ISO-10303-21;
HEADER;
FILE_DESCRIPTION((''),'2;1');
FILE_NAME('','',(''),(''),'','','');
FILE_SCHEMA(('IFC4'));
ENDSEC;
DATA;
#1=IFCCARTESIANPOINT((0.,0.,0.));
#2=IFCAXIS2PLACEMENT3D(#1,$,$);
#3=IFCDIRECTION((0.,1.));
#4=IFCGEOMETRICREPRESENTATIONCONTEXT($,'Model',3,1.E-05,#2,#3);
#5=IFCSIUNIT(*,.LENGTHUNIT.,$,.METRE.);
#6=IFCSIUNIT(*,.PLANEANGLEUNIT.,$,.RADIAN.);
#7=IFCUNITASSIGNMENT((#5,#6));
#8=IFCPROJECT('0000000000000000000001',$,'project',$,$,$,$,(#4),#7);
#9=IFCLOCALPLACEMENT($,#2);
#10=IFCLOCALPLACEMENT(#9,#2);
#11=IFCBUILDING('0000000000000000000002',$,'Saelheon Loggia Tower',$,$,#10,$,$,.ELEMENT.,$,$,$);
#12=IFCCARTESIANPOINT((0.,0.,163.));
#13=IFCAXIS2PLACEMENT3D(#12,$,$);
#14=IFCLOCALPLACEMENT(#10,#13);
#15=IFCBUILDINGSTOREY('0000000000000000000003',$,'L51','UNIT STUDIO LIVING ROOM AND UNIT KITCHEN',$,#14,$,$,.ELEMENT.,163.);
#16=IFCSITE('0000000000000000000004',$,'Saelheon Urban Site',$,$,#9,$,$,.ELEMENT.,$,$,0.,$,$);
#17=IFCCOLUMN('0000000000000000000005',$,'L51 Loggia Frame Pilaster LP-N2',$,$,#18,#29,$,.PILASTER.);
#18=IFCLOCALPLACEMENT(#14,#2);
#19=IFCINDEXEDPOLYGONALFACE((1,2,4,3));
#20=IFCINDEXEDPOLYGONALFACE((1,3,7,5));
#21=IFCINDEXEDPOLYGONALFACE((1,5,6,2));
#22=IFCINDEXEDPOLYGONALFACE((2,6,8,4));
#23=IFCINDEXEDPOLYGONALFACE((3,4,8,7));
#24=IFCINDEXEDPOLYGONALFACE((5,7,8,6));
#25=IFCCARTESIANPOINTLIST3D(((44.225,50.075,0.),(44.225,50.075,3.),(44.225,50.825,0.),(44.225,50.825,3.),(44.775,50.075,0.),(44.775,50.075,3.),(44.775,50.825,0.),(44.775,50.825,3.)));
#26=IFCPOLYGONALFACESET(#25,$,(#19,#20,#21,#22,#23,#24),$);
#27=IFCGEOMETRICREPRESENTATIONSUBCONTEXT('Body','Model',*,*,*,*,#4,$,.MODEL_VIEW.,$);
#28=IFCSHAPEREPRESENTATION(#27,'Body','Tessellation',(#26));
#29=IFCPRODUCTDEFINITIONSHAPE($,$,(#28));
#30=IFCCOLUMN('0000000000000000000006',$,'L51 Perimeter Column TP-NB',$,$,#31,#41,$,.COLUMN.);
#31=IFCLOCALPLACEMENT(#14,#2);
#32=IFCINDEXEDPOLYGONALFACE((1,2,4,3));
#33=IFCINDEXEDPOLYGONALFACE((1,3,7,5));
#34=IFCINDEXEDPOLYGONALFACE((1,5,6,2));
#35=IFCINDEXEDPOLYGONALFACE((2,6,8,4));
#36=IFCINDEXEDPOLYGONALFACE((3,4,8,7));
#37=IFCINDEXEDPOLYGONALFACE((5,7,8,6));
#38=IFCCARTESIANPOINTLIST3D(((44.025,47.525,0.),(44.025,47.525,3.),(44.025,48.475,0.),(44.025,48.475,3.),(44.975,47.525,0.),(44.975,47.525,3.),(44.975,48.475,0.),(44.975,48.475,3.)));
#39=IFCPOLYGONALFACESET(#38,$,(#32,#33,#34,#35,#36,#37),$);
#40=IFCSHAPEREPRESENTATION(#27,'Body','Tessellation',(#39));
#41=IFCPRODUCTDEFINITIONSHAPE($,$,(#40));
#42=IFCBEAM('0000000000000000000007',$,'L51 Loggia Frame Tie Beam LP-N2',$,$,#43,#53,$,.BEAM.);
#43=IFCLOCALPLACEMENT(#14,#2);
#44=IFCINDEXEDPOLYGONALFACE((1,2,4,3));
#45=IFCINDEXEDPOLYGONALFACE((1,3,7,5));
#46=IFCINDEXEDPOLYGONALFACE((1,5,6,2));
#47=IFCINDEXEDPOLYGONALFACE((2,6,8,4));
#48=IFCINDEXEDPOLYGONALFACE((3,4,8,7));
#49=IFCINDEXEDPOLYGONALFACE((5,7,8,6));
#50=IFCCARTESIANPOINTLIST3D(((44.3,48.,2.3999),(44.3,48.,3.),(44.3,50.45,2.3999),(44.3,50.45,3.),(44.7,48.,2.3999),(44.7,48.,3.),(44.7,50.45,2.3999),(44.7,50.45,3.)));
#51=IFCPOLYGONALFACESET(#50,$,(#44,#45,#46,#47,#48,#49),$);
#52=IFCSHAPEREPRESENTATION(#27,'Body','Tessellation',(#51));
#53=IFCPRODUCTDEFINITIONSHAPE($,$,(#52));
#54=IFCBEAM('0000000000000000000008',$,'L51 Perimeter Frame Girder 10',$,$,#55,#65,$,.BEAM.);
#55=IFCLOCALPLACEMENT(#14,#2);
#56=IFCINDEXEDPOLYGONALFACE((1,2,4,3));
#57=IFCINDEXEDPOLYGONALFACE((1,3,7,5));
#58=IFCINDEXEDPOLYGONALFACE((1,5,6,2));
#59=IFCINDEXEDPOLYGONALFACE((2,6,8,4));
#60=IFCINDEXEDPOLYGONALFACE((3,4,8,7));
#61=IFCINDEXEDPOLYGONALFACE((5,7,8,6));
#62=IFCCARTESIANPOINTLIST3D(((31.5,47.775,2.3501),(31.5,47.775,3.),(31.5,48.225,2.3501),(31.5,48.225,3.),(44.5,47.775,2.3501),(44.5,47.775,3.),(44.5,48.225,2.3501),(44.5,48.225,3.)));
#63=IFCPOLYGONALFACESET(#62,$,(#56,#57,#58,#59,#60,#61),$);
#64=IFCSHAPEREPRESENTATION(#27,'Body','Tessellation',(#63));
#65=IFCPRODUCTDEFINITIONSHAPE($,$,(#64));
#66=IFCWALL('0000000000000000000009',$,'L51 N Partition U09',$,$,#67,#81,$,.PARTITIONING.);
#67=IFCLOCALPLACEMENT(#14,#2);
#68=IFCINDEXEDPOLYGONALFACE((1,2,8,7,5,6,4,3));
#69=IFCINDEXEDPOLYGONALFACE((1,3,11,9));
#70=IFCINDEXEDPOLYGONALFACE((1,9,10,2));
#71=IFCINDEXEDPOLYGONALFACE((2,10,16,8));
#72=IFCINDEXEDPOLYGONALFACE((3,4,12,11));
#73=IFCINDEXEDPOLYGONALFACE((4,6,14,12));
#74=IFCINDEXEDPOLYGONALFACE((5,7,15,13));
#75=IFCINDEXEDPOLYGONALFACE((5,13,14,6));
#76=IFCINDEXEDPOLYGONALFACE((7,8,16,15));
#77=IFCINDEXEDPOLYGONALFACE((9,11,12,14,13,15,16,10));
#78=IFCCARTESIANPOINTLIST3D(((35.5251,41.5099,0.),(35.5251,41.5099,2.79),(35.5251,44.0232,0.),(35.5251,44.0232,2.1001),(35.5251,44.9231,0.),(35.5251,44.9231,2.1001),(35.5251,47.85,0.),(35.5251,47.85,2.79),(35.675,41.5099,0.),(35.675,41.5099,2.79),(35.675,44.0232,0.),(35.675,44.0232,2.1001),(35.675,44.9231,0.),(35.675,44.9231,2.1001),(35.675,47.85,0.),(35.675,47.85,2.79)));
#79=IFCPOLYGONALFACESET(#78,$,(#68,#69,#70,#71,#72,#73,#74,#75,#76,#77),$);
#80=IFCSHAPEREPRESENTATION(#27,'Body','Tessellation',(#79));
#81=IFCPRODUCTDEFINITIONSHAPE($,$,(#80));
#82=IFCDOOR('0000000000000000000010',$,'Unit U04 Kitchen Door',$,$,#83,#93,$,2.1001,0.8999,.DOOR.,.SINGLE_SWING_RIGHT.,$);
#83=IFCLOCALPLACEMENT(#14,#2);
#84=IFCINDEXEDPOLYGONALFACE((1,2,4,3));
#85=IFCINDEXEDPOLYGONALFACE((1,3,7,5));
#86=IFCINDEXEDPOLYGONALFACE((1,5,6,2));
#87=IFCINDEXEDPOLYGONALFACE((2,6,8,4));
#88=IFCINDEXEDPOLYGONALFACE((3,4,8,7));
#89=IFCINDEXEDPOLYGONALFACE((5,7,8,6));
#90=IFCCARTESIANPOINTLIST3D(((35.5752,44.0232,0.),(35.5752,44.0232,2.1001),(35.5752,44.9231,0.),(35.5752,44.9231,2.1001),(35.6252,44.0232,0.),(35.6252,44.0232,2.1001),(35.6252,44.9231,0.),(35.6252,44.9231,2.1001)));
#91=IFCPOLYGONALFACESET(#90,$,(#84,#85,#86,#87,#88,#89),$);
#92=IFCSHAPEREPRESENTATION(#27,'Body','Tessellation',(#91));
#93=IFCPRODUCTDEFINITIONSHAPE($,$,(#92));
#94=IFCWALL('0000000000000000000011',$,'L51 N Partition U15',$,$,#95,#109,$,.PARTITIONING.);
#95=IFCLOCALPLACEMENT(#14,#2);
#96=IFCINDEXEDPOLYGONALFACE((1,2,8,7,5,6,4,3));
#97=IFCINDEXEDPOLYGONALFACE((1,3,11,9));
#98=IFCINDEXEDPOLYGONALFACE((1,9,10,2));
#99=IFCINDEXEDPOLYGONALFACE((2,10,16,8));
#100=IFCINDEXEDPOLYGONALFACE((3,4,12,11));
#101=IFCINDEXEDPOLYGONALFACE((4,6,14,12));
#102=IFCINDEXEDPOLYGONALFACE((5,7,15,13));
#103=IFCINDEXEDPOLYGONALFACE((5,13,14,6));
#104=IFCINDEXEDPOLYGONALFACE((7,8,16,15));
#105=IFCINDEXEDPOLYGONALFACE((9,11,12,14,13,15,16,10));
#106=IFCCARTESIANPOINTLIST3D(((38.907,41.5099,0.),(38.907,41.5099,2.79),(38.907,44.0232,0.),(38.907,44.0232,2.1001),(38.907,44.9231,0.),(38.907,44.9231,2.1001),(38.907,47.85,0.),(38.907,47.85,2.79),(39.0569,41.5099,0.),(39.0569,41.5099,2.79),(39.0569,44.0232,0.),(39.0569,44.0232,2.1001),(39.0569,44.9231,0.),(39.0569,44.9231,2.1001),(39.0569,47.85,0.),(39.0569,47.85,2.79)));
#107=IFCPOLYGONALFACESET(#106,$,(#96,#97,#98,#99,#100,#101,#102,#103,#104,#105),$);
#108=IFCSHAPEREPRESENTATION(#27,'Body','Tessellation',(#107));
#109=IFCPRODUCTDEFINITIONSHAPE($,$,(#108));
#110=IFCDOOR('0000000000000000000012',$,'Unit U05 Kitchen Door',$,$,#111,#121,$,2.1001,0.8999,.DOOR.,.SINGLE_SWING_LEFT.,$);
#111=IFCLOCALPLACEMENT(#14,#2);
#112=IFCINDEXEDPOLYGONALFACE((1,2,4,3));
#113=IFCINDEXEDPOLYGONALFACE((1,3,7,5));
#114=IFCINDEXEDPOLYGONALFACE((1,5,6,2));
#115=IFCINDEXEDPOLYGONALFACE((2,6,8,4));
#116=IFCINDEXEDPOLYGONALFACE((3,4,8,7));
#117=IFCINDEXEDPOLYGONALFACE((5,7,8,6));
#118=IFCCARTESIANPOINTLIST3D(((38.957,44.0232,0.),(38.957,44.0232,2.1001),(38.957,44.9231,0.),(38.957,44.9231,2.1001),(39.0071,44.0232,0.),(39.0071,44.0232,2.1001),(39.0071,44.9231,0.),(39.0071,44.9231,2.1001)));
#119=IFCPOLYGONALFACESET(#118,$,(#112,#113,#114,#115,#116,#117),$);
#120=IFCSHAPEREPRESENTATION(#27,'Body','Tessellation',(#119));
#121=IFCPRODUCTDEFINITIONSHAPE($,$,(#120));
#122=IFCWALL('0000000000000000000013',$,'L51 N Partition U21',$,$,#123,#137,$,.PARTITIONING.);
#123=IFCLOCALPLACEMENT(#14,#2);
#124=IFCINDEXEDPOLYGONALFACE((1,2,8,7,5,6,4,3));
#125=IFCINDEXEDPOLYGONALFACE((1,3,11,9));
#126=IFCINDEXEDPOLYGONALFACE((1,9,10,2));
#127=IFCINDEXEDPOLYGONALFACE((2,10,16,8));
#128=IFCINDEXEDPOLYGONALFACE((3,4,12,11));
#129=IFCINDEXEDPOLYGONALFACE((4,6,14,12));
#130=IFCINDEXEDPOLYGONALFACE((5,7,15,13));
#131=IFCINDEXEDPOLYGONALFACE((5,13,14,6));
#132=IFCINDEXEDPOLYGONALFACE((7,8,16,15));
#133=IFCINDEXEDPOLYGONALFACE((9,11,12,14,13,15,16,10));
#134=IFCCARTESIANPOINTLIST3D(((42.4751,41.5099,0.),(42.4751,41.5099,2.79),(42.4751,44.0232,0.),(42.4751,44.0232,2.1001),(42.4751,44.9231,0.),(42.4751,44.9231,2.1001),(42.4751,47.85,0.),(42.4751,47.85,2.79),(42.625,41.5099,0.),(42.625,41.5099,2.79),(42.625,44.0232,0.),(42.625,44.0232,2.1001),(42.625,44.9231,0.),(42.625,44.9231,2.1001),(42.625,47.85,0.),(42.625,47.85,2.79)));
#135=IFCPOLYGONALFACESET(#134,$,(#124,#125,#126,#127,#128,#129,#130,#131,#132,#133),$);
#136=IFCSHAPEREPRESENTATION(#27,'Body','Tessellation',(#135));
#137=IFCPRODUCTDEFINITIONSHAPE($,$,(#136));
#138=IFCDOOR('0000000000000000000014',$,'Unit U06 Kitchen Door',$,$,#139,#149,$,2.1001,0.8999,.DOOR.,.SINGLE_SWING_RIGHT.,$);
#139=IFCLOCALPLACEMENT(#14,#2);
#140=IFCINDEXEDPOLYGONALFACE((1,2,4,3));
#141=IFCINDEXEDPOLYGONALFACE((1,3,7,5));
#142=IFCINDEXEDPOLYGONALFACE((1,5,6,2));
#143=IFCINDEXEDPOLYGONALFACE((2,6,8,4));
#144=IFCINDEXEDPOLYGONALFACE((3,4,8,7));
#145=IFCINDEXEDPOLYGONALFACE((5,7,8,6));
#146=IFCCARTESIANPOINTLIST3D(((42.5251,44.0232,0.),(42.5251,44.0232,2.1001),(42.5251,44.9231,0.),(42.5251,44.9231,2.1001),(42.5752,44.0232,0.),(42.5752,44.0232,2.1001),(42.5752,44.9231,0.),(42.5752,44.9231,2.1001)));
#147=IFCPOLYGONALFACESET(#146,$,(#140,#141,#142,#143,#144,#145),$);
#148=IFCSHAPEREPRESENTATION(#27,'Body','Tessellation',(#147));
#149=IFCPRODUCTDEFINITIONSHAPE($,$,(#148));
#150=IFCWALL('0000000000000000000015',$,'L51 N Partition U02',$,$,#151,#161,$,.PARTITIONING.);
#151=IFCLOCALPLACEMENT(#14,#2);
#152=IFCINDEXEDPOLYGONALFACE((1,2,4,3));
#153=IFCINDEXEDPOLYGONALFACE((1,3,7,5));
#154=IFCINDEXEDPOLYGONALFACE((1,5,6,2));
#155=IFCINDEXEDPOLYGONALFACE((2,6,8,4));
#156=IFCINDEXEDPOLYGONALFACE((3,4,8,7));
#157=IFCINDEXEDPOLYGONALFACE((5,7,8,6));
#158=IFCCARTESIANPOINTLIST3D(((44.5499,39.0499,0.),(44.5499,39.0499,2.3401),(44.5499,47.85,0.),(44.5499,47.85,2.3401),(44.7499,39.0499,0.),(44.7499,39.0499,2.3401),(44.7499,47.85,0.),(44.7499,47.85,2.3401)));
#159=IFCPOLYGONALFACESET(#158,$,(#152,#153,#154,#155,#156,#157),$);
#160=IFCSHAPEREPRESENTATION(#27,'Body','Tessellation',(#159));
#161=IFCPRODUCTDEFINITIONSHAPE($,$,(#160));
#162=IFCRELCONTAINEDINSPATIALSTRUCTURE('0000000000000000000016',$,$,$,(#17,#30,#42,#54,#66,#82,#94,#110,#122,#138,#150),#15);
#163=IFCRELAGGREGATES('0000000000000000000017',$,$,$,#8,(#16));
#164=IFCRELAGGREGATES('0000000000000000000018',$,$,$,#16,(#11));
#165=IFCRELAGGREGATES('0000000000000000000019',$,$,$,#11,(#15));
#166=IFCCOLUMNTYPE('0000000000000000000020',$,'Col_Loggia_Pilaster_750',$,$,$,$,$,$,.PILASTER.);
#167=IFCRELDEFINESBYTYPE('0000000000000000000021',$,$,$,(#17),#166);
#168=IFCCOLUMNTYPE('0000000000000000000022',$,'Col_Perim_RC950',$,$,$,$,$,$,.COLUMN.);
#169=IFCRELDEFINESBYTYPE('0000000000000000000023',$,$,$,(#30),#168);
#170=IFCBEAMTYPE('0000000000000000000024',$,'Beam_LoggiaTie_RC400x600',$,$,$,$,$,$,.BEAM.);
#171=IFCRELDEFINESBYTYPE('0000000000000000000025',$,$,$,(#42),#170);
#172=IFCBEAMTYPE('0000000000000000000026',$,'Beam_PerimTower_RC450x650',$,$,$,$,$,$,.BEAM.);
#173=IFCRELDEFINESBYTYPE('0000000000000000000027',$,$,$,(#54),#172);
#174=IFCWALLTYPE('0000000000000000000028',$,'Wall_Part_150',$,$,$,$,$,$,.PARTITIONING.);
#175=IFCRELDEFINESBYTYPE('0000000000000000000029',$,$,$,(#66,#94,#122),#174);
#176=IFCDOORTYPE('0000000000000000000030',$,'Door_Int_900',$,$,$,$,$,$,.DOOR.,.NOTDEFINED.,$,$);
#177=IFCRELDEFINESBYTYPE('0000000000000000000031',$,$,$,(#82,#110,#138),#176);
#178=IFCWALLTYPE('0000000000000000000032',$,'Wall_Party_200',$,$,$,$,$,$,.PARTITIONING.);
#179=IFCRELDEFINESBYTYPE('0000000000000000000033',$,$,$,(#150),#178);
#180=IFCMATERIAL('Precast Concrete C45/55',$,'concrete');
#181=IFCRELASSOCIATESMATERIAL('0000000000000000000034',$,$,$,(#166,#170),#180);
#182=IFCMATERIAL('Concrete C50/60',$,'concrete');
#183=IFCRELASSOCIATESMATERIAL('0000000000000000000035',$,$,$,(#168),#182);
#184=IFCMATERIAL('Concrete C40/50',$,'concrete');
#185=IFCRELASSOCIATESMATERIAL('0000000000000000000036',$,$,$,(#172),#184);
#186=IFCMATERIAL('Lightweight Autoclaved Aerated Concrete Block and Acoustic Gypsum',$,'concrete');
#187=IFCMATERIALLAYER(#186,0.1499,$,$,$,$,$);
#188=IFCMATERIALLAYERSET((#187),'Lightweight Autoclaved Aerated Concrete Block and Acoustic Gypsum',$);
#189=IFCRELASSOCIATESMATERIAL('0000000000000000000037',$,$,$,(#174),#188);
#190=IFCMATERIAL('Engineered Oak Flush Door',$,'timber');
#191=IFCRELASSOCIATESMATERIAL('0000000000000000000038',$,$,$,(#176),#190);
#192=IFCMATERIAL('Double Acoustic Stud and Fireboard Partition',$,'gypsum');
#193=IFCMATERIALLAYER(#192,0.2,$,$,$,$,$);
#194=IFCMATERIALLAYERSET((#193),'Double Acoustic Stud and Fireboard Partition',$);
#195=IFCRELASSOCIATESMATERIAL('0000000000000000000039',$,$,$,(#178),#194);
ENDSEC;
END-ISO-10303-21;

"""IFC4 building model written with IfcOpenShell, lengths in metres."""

from ifc_helpers import new_model, si_unit, direction, frame, frame_2d, origin, origin_2d, place, context, subcontext, project, spatial, rectangle, extrude, source, transform, mapped, material, layer, layer_set, material_profile, profile_set, type_object, element, fill, save


model = new_model("IFC4")

# Units and contexts
model_context = context("Model", 3, precision=1e-05, world=origin(), true_north=direction((0.0, 1.0)))
body_context = subcontext(model_context, "Body", "Model", "MODEL_VIEW")
ifc_project = project(units=[si_unit("LENGTHUNIT", "METRE"), si_unit("PLANEANGLEUNIT", "RADIAN")], contexts=[model_context])

# Site, building, storey
site_placement = place(None, origin())
site = spatial("IfcSite", under=ifc_project, at=site_placement, Name="Saelheon Urban Site", CompositionType="ELEMENT", RefElevation=0.0)
building_placement = place(site_placement, origin())
building = spatial("IfcBuilding", under=site, at=building_placement, Name="Saelheon Loggia Tower", CompositionType="ELEMENT")
storey_placement = place(building_placement, frame((0.0, 0.0, 163.0)))
storey = spatial("IfcBuildingStorey", under=building, at=storey_placement, Name="L51", Description="UNIT STUDIO LIVING ROOM AND UNIT KITCHEN", CompositionType="ELEMENT", Elevation=163.0)

# Columns
ifc_material_1 = material(Name="Precast Concrete C45/55", Category="concrete")
ifc_material_profile_1 = material_profile(ifc_material_1, rectangle(XDim=0.55, YDim=0.75, at=origin_2d()), Name="RC-550x750")
ifc_profile_set_1 = profile_set([ifc_material_profile_1], Name="Precast Concrete C45/55")
column_type_1 = type_object("IfcColumnType", Name="Col_Loggia_Pilaster_750", PredefinedType="PILASTER", material=ifc_profile_set_1)
shared_shape_1 = source(origin(), body_context, "Body", "SweptSolid", [
    extrude(rectangle(XDim=0.55, YDim=0.75, at=origin_2d()), origin(), (0.0, 0.0, 1.0), 3.0),
])
column_1_placement = place(storey_placement, frame((44.5, 50.45, 0.0), z_axis=(0.0, 0.0, 1.0), x_axis=(1.0, 0.0, 0.0)))
element("IfcColumn", 1, at=column_1_placement, inside=storey, type_object=column_type_1, Name="L51 Loggia Frame Pilaster LP-N2", PredefinedType="PILASTER", context=body_context, shape_type="MappedRepresentation", body=[
    mapped(shared_shape_1, transform((0.0, 0.0, 0.0), scale=1.0)),
])
ifc_material_2 = material(Name="Concrete C50/60", Category="concrete")
ifc_material_profile_2 = material_profile(ifc_material_2, rectangle(XDim=0.95, YDim=0.95, at=origin_2d()), Name="RC-950x950")
ifc_profile_set_2 = profile_set([ifc_material_profile_2], Name="Concrete C50/60")
column_type_2 = type_object("IfcColumnType", Name="Col_Perim_RC950", PredefinedType="COLUMN", material=ifc_profile_set_2)
shared_shape_2 = source(origin(), body_context, "Body", "SweptSolid", [
    extrude(rectangle(XDim=0.95, YDim=0.95, at=origin_2d()), origin(), (0.0, 0.0, 1.0), 3.0),
])
column_2_placement = place(storey_placement, frame((44.5, 48.0, 0.0), z_axis=(0.0, 0.0, 1.0), x_axis=(1.0, 0.0, 0.0)))
element("IfcColumn", 2, at=column_2_placement, inside=storey, type_object=column_type_2, Name="L51 Perimeter Column TP-NB", PredefinedType="COLUMN", context=body_context, shape_type="MappedRepresentation", body=[
    mapped(shared_shape_2, transform((0.0, 0.0, 0.0), scale=1.0)),
])

# Beams
ifc_material_profile_3 = material_profile(ifc_material_1, rectangle(XDim=0.3999, YDim=0.6001, at=origin_2d()), Name="RC-400x600")
ifc_profile_set_3 = profile_set([ifc_material_profile_3], Name="Precast Concrete C45/55")
beam_type_1 = type_object("IfcBeamType", Name="Beam_LoggiaTie_RC400x600", PredefinedType="BEAM", material=ifc_profile_set_3)
shared_shape_3 = source(origin(), body_context, "Body", "SweptSolid", [
    extrude(rectangle(XDim=0.3999, YDim=0.6001, at=origin_2d()), origin(), (0.0, 0.0, 1.0), 2.45),
])
beam_1_placement = place(storey_placement, frame((44.5, 48.0, 2.7), z_axis=(0.0, 1.0, 0.0), x_axis=(-1.0, 0.0, 0.0)))
element("IfcBeam", 3, at=beam_1_placement, inside=storey, type_object=beam_type_1, Name="L51 Loggia Frame Tie Beam LP-N2", PredefinedType="BEAM", context=body_context, shape_type="MappedRepresentation", body=[
    mapped(shared_shape_3, transform((0.0, 0.0, 0.0), scale=1.0)),
])
ifc_material_3 = material(Name="Concrete C40/50", Category="concrete")
ifc_material_profile_4 = material_profile(ifc_material_3, rectangle(XDim=0.45, YDim=0.6499, at=origin_2d()), Name="RC-450x650")
ifc_profile_set_4 = profile_set([ifc_material_profile_4], Name="Concrete C40/50")
beam_type_2 = type_object("IfcBeamType", Name="Beam_PerimTower_RC450x650", PredefinedType="BEAM", material=ifc_profile_set_4)
shared_shape_4 = source(origin(), body_context, "Body", "SweptSolid", [
    extrude(rectangle(XDim=0.45, YDim=0.6499, at=origin_2d()), origin(), (0.0, 0.0, 1.0), 13.0),
])
beam_2_placement = place(storey_placement, frame((44.5, 48.0, 2.675), z_axis=(-1.0, 0.0, 0.0), x_axis=(0.0, -1.0, 0.0)))
element("IfcBeam", 4, at=beam_2_placement, inside=storey, type_object=beam_type_2, Name="L51 Perimeter Frame Girder 10", PredefinedType="BEAM", context=body_context, shape_type="MappedRepresentation", body=[
    mapped(shared_shape_4, transform((0.0, 0.0, 0.0), scale=1.0)),
])

# Walls, openings, doors
ifc_material_4 = material(Name="Lightweight Autoclaved Aerated Concrete Block and Acoustic Gypsum", Category="concrete")
ifc_layer_1 = layer(ifc_material_4, 0.1499)
ifc_layer_set_1 = layer_set([ifc_layer_1], Name="Lightweight Autoclaved Aerated Concrete Block and Acoustic Gypsum")
wall_type_1 = type_object("IfcWallType", Name="Wall_Part_150", PredefinedType="PARTITIONING", material=ifc_layer_set_1)
wall_1_placement = place(storey_placement, frame((35.6001, 41.51, 0.0), z_axis=(0.0, 0.0, 1.0), x_axis=(0.0, 1.0, 0.0)))
wall_1 = element("IfcWall", 5, at=wall_1_placement, inside=storey, type_object=wall_type_1, Name="L51 N Partition U09", PredefinedType="PARTITIONING", context=body_context, shape_type="SweptSolid", body=[
    extrude(rectangle(XDim=6.3401, YDim=0.1499, at=frame_2d((3.1699, 0.0))), origin(), (0.0, 0.0, 1.0), 2.79),
])
opening_1_placement = place(wall_1_placement, frame((2.5132, 0.0, 0.0)))
opening_1 = element("IfcOpeningElement", 6, at=opening_1_placement, cuts=wall_1, PredefinedType="OPENING", context=body_context, shape_type="SweptSolid", body=[
    extrude(rectangle(XDim=0.8999, YDim=2.1001, at=frame_2d((0.45, 1.05))), frame((0.0, 0.0869, 0.0), z_axis=(0.0, -1.0, 0.0), x_axis=(1.0, 0.0, 0.0)), (0.0, 0.0, 1.0), 0.1738),
])
ifc_material_5 = material(Name="Engineered Oak Flush Door", Category="timber")
door_type_1 = type_object("IfcDoorType", Name="Door_Int_900", OperationType="NOTDEFINED", PredefinedType="DOOR", material=ifc_material_5)
shared_shape_5 = source(origin(), body_context, "Body", "SweptSolid", [
    extrude(rectangle(XDim=0.8999, YDim=2.1001, at=frame_2d((0.45, 1.05))), frame((0.0, 0.0249, 0.0), z_axis=(0.0, -1.0, 0.0), x_axis=(1.0, 0.0, 0.0)), (0.0, 0.0, 1.0), 0.05),
])
door_1_placement = place(opening_1_placement, origin())
door_1 = element("IfcDoor", 7, at=door_1_placement, inside=storey, type_object=door_type_1, Name="Unit U04 Kitchen Door", OperationType="SINGLE_SWING_RIGHT", OverallHeight=2.1001, OverallWidth=0.8999, PredefinedType="DOOR", context=body_context, shape_type="MappedRepresentation", body=[
    mapped(shared_shape_5, transform((0.0, 0.0, 0.0), scale=1.0)),
])
fill(opening_1, door_1)
wall_2_placement = place(storey_placement, frame((38.9819, 41.51, 0.0), z_axis=(0.0, 0.0, 1.0), x_axis=(0.0, 1.0, 0.0)))
wall_2 = element("IfcWall", 8, at=wall_2_placement, inside=storey, type_object=wall_type_1, Name="L51 N Partition U15", PredefinedType="PARTITIONING", context=body_context, shape_type="SweptSolid", body=[
    extrude(rectangle(XDim=6.3401, YDim=0.1499, at=frame_2d((3.1699, 0.0))), origin(), (0.0, 0.0, 1.0), 2.79),
])
opening_2_placement = place(wall_2_placement, frame((2.5132, 0.0, 0.0)))
opening_2 = element("IfcOpeningElement", 9, at=opening_2_placement, cuts=wall_2, PredefinedType="OPENING", context=body_context, shape_type="SweptSolid", body=[
    extrude(rectangle(XDim=0.8999, YDim=2.1001, at=frame_2d((0.45, 1.05))), frame((0.0, 0.0869, 0.0), z_axis=(0.0, -1.0, 0.0), x_axis=(1.0, 0.0, 0.0)), (0.0, 0.0, 1.0), 0.1738),
])
door_2_placement = place(opening_2_placement, origin())
door_2 = element("IfcDoor", 10, at=door_2_placement, inside=storey, type_object=door_type_1, Name="Unit U05 Kitchen Door", OperationType="SINGLE_SWING_LEFT", OverallHeight=2.1001, OverallWidth=0.8999, PredefinedType="DOOR", context=body_context, shape_type="MappedRepresentation", body=[
    mapped(shared_shape_5, transform((0.0, 0.0, 0.0), scale=1.0)),
])
fill(opening_2, door_2)
wall_3_placement = place(storey_placement, frame((42.55, 41.51, 0.0), z_axis=(0.0, 0.0, 1.0), x_axis=(0.0, 1.0, 0.0)))
wall_3 = element("IfcWall", 11, at=wall_3_placement, inside=storey, type_object=wall_type_1, Name="L51 N Partition U21", PredefinedType="PARTITIONING", context=body_context, shape_type="SweptSolid", body=[
    extrude(rectangle(XDim=6.3401, YDim=0.1499, at=frame_2d((3.1699, 0.0))), origin(), (0.0, 0.0, 1.0), 2.79),
])
opening_3_placement = place(wall_3_placement, frame((2.5132, 0.0, 0.0)))
opening_3 = element("IfcOpeningElement", 12, at=opening_3_placement, cuts=wall_3, PredefinedType="OPENING", context=body_context, shape_type="SweptSolid", body=[
    extrude(rectangle(XDim=0.8999, YDim=2.1001, at=frame_2d((0.45, 1.05))), frame((0.0, 0.0869, 0.0), z_axis=(0.0, -1.0, 0.0), x_axis=(1.0, 0.0, 0.0)), (0.0, 0.0, 1.0), 0.1738),
])
door_3_placement = place(opening_3_placement, origin())
door_3 = element("IfcDoor", 13, at=door_3_placement, inside=storey, type_object=door_type_1, Name="Unit U06 Kitchen Door", OperationType="SINGLE_SWING_RIGHT", OverallHeight=2.1001, OverallWidth=0.8999, PredefinedType="DOOR", context=body_context, shape_type="MappedRepresentation", body=[
    mapped(shared_shape_5, transform((0.0, 0.0, 0.0), scale=1.0)),
])
fill(opening_3, door_3)

# Wall
ifc_material_6 = material(Name="Double Acoustic Stud and Fireboard Partition", Category="gypsum")
ifc_layer_2 = layer(ifc_material_6, 0.2)
ifc_layer_set_2 = layer_set([ifc_layer_2], Name="Double Acoustic Stud and Fireboard Partition")
wall_type_2 = type_object("IfcWallType", Name="Wall_Party_200", PredefinedType="PARTITIONING", material=ifc_layer_set_2)
wall_4_placement = place(storey_placement, frame((44.6499, 39.05, 0.0), z_axis=(0.0, 0.0, 1.0), x_axis=(0.0, 1.0, 0.0)))
element("IfcWall", 14, at=wall_4_placement, inside=storey, type_object=wall_type_2, Name="L51 N Partition U02", PredefinedType="PARTITIONING", context=body_context, shape_type="SweptSolid", body=[
    extrude(rectangle(XDim=8.8, YDim=0.2, at=frame_2d((4.3999, 0.0))), origin(), (0.0, 0.0, 1.0), 2.3401),
])

save(model, "model.ifc")
